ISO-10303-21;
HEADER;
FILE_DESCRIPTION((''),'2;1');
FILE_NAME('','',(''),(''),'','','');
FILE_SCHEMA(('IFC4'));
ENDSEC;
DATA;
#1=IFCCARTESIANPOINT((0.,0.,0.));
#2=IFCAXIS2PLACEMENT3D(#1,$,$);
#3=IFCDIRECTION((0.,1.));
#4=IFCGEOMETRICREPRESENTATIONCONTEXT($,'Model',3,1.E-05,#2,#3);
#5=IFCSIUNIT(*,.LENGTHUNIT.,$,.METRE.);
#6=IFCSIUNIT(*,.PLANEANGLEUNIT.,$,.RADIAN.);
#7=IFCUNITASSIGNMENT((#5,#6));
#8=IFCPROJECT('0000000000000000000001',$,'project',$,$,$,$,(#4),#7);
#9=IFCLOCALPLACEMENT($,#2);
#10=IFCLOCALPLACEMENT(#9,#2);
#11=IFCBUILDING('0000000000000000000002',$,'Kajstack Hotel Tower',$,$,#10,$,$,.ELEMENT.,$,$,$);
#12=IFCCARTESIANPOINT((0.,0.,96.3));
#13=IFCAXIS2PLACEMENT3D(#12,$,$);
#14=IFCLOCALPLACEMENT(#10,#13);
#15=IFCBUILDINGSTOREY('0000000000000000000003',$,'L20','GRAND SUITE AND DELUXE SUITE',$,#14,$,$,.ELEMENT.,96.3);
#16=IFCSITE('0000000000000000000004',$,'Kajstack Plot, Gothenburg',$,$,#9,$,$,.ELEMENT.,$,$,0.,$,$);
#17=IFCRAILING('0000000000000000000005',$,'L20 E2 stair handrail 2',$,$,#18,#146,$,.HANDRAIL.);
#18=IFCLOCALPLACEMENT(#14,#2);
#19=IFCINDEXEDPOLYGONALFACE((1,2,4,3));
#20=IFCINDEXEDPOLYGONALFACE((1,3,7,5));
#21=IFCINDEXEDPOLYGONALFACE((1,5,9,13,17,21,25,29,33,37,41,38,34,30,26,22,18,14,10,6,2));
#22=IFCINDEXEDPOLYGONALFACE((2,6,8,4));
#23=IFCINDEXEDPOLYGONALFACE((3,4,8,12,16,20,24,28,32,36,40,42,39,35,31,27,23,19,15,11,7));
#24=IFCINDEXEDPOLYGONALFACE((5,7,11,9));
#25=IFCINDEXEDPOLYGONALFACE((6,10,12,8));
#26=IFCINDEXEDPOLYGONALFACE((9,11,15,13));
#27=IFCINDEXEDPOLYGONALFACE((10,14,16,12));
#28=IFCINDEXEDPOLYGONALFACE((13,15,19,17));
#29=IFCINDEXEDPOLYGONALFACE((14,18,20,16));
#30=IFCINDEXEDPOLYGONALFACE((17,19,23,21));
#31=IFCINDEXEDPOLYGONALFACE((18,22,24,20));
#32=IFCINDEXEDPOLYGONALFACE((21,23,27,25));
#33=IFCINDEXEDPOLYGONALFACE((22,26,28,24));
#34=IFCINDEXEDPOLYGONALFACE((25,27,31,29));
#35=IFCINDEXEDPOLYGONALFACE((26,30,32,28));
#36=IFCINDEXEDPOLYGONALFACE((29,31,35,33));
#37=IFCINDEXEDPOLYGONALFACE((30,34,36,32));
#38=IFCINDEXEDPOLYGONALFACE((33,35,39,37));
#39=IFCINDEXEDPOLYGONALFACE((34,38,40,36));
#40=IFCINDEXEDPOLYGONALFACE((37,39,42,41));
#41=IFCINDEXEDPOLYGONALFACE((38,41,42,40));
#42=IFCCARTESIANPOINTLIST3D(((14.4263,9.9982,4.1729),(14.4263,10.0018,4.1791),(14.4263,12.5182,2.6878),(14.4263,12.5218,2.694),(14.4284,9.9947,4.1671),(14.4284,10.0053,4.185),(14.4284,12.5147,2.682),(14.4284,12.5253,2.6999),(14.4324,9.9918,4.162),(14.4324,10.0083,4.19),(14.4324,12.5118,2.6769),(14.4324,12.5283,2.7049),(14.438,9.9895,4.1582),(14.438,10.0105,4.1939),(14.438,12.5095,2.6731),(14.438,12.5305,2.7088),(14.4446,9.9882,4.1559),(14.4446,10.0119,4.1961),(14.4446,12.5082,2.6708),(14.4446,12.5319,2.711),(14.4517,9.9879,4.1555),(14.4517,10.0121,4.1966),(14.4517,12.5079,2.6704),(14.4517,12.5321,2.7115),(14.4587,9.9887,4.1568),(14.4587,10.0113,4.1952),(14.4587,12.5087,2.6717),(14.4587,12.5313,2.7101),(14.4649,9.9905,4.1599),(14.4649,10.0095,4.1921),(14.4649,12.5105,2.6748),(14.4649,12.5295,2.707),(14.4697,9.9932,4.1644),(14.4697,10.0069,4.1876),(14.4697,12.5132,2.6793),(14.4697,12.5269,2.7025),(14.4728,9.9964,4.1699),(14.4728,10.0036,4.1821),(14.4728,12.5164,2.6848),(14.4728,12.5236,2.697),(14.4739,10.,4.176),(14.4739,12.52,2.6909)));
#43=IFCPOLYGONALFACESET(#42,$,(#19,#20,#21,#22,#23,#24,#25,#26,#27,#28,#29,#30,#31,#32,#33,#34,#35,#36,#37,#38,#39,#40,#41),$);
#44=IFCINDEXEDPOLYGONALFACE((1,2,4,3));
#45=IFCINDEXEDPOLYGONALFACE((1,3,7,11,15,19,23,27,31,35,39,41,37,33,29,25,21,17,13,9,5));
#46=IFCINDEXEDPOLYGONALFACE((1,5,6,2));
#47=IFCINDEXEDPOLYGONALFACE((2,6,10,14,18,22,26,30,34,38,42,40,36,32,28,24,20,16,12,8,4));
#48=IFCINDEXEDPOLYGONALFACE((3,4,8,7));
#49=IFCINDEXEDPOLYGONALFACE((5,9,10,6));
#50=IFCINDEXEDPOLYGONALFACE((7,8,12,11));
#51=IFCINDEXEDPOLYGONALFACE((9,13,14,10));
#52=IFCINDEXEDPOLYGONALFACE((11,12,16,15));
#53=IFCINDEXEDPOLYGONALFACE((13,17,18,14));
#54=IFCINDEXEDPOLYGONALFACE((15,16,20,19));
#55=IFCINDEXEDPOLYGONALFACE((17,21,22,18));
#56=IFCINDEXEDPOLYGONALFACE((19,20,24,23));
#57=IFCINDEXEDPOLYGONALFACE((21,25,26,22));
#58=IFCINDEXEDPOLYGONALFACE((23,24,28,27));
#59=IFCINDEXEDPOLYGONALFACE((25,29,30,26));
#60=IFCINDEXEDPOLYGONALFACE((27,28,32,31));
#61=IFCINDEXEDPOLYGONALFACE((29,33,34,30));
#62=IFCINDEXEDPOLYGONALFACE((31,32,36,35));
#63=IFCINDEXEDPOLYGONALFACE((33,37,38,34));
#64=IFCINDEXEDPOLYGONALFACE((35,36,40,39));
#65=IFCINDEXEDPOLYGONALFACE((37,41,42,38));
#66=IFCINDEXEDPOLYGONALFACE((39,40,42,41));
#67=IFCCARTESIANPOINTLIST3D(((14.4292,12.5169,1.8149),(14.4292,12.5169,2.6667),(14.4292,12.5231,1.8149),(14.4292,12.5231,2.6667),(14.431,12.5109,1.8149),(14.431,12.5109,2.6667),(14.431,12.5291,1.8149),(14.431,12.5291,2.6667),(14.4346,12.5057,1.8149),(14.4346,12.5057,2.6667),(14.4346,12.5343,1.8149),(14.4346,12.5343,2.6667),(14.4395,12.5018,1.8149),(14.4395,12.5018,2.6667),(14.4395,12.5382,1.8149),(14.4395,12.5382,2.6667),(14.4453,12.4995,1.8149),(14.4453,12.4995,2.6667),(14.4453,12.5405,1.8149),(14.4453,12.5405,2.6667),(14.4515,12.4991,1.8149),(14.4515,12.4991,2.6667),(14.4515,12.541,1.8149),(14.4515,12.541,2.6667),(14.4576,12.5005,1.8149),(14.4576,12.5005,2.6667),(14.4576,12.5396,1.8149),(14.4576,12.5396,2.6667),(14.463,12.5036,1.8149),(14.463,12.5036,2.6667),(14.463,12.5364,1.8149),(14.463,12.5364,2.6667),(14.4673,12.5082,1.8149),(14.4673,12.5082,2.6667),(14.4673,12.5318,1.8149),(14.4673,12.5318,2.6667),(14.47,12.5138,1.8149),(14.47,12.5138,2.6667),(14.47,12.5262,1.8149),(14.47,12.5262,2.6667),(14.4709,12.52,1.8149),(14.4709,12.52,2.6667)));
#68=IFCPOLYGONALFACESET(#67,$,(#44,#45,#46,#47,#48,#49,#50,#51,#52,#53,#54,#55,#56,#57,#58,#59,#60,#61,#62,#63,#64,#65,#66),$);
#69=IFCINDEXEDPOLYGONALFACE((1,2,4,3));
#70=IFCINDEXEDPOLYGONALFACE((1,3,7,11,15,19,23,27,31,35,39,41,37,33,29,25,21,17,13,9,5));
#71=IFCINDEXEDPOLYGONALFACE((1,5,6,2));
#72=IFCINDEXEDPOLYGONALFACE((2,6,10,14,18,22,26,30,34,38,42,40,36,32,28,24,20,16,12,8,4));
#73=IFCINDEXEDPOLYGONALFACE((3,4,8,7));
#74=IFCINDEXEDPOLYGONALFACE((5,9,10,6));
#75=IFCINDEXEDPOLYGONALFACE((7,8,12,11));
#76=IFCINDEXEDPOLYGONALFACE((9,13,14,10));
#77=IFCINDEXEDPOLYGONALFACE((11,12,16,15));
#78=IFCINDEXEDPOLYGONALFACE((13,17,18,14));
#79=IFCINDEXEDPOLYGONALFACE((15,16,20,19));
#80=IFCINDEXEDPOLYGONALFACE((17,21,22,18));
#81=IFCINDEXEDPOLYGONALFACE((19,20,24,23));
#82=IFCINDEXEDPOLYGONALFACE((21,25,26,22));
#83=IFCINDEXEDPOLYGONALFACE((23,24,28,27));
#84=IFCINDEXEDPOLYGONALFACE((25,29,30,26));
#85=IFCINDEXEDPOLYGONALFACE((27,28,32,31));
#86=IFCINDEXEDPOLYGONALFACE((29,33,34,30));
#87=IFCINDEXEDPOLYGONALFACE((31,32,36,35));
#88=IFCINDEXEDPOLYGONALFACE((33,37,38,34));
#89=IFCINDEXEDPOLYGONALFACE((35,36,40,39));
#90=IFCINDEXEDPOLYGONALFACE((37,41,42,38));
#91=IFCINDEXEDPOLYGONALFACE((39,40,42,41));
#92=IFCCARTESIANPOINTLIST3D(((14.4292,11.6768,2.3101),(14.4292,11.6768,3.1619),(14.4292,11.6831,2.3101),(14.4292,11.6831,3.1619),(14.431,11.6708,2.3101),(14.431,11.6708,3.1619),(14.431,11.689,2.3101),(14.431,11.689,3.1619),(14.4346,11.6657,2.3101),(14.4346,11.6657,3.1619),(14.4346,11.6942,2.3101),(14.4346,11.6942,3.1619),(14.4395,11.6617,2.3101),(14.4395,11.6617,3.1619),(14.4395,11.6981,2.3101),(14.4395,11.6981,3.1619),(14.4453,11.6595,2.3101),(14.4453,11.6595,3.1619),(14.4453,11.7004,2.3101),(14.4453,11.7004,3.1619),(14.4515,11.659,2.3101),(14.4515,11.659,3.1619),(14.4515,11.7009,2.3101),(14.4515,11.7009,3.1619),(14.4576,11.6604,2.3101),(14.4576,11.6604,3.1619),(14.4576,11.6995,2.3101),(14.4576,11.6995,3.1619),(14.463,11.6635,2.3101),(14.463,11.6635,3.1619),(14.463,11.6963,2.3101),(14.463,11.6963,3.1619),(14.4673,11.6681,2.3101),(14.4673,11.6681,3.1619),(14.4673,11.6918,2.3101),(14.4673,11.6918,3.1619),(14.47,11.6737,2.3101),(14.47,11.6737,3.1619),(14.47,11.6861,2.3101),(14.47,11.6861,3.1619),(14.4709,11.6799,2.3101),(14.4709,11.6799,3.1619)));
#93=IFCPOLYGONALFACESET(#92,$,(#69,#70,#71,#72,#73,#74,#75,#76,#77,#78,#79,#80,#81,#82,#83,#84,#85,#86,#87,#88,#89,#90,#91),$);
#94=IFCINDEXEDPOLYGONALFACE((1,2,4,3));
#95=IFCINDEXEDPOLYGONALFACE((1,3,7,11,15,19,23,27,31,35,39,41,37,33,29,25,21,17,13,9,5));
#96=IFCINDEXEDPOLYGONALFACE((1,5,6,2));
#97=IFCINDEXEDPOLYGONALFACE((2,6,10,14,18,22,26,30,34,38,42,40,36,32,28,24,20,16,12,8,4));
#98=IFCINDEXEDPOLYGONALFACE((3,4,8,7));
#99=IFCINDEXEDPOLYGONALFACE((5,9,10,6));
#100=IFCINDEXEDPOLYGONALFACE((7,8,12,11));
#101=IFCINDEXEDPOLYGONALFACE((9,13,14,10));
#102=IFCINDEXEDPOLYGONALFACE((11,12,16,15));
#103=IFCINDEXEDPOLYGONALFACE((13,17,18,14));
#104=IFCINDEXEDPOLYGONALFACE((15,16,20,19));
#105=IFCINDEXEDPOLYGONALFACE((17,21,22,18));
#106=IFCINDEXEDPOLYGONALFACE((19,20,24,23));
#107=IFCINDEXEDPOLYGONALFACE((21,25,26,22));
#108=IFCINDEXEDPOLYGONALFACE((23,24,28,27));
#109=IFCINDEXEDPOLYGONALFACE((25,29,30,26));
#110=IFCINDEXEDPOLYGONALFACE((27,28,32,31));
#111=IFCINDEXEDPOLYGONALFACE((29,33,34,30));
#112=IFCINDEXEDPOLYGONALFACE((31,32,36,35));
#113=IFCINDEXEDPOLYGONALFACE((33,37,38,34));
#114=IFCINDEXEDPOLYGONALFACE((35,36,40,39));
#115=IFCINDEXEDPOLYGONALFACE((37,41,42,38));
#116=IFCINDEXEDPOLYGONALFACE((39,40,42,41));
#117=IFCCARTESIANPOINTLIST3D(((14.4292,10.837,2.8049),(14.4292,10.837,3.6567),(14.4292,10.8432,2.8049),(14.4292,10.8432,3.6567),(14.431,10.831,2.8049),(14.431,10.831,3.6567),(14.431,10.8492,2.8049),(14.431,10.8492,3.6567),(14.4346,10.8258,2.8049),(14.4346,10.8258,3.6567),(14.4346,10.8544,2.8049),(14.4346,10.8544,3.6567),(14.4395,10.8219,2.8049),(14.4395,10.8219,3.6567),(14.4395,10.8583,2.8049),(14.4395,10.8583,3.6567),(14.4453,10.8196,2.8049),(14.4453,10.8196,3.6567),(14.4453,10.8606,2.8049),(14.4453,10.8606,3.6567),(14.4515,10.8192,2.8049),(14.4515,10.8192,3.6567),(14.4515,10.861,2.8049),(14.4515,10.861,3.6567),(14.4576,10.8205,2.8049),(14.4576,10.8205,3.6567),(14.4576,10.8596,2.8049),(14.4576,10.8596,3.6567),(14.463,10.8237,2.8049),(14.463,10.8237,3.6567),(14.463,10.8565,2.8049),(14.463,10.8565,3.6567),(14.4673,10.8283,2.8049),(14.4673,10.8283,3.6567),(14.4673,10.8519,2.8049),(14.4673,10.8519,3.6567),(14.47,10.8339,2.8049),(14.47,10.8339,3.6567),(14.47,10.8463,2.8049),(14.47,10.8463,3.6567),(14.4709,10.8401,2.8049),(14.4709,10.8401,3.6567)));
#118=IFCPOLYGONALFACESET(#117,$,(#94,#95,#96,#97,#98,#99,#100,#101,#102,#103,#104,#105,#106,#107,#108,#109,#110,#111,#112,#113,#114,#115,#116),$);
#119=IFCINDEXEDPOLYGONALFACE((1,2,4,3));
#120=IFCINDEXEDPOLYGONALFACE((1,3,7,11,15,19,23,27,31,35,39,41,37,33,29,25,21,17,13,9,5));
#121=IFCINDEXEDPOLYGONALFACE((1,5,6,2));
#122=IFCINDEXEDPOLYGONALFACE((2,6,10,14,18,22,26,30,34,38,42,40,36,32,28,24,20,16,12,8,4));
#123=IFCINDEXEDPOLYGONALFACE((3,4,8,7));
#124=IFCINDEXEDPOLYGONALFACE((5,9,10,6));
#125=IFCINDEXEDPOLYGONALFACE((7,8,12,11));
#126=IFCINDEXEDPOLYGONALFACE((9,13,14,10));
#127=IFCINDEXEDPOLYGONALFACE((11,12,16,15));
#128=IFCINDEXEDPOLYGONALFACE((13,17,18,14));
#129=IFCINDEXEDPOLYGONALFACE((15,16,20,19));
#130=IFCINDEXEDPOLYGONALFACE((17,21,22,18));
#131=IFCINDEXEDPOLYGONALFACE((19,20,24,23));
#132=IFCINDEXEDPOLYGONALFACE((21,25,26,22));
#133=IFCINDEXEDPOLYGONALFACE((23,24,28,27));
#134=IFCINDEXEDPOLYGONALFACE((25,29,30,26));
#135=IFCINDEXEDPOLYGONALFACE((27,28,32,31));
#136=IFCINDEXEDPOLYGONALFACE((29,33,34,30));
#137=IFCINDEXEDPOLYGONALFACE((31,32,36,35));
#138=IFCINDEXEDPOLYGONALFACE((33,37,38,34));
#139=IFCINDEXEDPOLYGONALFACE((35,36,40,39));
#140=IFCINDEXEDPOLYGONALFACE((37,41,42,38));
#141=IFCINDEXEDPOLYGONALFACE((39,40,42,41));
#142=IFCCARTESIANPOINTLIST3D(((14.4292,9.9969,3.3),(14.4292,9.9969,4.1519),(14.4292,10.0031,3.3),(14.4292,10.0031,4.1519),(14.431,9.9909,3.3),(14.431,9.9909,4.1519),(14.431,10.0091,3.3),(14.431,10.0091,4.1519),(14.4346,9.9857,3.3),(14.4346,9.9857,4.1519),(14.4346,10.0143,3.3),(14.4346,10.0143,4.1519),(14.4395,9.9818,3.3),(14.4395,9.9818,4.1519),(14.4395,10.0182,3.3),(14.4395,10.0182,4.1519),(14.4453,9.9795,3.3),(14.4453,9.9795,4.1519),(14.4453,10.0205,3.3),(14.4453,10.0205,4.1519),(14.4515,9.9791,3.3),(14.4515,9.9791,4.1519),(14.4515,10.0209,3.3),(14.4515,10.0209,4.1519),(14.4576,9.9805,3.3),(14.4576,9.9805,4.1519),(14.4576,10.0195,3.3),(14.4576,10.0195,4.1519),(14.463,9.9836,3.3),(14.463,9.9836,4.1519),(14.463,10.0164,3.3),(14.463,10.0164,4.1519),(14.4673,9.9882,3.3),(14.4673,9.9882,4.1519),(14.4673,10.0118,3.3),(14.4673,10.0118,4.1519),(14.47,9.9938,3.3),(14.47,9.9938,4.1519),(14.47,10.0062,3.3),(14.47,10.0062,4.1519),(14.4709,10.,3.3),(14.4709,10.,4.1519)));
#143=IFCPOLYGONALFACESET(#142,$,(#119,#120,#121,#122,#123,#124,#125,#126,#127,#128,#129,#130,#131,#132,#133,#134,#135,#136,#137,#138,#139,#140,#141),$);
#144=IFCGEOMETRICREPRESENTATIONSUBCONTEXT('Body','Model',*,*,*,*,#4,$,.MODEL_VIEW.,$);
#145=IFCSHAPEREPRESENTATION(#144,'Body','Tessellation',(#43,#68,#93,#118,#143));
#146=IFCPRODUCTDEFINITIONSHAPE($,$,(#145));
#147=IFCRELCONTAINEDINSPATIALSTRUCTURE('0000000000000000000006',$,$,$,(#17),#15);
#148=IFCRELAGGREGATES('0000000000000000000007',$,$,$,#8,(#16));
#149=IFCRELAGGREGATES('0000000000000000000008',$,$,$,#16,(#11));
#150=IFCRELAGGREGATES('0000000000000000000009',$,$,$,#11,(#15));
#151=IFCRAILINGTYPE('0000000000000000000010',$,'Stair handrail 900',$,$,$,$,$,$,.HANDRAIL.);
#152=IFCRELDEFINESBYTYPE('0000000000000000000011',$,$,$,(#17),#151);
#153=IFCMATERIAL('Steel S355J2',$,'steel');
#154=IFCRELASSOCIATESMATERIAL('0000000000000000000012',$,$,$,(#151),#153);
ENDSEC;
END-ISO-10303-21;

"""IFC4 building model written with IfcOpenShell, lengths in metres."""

from ifc_helpers import new_model, si_unit, direction, frame, origin, origin_2d, place, context, subcontext, project, spatial, circle, extrude, material, type_object, element, save


model = new_model("IFC4")

# Units and contexts
model_context = context("Model", 3, precision=1e-05, world=origin(), true_north=direction((0.0, 1.0)))
body_context = subcontext(model_context, "Body", "Model", "MODEL_VIEW")
ifc_project = project(units=[si_unit("LENGTHUNIT", "METRE"), si_unit("PLANEANGLEUNIT", "RADIAN")], contexts=[model_context])

# Site, building, storey
site_placement = place(None, origin())
site = spatial("IfcSite", under=ifc_project, at=site_placement, Name="Kajstack Plot, Gothenburg", CompositionType="ELEMENT", RefElevation=0.0)
building_placement = place(site_placement, origin())
building = spatial("IfcBuilding", under=site, at=building_placement, Name="Kajstack Hotel Tower", CompositionType="ELEMENT")
storey_placement = place(building_placement, frame((0.0, 0.0, 96.3)))
storey = spatial("IfcBuildingStorey", under=building, at=storey_placement, Name="L20", Description="GRAND SUITE AND DELUXE SUITE", CompositionType="ELEMENT", Elevation=96.3)

# Railing
ifc_material_1 = material(Name="Steel S355J2", Category="steel")
railing_type_1 = type_object("IfcRailingType", Name="Stair handrail 900", PredefinedType="HANDRAIL", material=ifc_material_1)
railing_1_placement = place(storey_placement, frame((14.45, 12.52, 1.8149)))
element("IfcRailing", 1, at=railing_1_placement, inside=storey, type_object=railing_type_1, Name="L20 E2 stair handrail 2", PredefinedType="HANDRAIL", context=body_context, shape_type="SweptSolid", body=[
    extrude(circle(Radius=0.0239, at=origin_2d()), frame((0.0, 0.0, 0.876), z_axis=(0.0, -0.861524, 0.507717), x_axis=(1.0, 0.0, 0.0)), (0.0, 0.0, 1.0), 2.925),
    extrude(circle(Radius=0.021, at=origin_2d()), origin(), (0.0, 0.0, 1.0), 0.8518),
    extrude(circle(Radius=0.021, at=origin_2d()), frame((0.0, -0.8401, 0.4951)), (0.0, 0.0, 1.0), 0.8518),
    extrude(circle(Radius=0.021, at=origin_2d()), frame((0.0, -1.6799, 0.99)), (0.0, 0.0, 1.0), 0.8518),
    extrude(circle(Radius=0.021, at=origin_2d()), frame((0.0, -2.52, 1.4851)), (0.0, 0.0, 1.0), 0.8518),
])

save(model, "model.ifc")
